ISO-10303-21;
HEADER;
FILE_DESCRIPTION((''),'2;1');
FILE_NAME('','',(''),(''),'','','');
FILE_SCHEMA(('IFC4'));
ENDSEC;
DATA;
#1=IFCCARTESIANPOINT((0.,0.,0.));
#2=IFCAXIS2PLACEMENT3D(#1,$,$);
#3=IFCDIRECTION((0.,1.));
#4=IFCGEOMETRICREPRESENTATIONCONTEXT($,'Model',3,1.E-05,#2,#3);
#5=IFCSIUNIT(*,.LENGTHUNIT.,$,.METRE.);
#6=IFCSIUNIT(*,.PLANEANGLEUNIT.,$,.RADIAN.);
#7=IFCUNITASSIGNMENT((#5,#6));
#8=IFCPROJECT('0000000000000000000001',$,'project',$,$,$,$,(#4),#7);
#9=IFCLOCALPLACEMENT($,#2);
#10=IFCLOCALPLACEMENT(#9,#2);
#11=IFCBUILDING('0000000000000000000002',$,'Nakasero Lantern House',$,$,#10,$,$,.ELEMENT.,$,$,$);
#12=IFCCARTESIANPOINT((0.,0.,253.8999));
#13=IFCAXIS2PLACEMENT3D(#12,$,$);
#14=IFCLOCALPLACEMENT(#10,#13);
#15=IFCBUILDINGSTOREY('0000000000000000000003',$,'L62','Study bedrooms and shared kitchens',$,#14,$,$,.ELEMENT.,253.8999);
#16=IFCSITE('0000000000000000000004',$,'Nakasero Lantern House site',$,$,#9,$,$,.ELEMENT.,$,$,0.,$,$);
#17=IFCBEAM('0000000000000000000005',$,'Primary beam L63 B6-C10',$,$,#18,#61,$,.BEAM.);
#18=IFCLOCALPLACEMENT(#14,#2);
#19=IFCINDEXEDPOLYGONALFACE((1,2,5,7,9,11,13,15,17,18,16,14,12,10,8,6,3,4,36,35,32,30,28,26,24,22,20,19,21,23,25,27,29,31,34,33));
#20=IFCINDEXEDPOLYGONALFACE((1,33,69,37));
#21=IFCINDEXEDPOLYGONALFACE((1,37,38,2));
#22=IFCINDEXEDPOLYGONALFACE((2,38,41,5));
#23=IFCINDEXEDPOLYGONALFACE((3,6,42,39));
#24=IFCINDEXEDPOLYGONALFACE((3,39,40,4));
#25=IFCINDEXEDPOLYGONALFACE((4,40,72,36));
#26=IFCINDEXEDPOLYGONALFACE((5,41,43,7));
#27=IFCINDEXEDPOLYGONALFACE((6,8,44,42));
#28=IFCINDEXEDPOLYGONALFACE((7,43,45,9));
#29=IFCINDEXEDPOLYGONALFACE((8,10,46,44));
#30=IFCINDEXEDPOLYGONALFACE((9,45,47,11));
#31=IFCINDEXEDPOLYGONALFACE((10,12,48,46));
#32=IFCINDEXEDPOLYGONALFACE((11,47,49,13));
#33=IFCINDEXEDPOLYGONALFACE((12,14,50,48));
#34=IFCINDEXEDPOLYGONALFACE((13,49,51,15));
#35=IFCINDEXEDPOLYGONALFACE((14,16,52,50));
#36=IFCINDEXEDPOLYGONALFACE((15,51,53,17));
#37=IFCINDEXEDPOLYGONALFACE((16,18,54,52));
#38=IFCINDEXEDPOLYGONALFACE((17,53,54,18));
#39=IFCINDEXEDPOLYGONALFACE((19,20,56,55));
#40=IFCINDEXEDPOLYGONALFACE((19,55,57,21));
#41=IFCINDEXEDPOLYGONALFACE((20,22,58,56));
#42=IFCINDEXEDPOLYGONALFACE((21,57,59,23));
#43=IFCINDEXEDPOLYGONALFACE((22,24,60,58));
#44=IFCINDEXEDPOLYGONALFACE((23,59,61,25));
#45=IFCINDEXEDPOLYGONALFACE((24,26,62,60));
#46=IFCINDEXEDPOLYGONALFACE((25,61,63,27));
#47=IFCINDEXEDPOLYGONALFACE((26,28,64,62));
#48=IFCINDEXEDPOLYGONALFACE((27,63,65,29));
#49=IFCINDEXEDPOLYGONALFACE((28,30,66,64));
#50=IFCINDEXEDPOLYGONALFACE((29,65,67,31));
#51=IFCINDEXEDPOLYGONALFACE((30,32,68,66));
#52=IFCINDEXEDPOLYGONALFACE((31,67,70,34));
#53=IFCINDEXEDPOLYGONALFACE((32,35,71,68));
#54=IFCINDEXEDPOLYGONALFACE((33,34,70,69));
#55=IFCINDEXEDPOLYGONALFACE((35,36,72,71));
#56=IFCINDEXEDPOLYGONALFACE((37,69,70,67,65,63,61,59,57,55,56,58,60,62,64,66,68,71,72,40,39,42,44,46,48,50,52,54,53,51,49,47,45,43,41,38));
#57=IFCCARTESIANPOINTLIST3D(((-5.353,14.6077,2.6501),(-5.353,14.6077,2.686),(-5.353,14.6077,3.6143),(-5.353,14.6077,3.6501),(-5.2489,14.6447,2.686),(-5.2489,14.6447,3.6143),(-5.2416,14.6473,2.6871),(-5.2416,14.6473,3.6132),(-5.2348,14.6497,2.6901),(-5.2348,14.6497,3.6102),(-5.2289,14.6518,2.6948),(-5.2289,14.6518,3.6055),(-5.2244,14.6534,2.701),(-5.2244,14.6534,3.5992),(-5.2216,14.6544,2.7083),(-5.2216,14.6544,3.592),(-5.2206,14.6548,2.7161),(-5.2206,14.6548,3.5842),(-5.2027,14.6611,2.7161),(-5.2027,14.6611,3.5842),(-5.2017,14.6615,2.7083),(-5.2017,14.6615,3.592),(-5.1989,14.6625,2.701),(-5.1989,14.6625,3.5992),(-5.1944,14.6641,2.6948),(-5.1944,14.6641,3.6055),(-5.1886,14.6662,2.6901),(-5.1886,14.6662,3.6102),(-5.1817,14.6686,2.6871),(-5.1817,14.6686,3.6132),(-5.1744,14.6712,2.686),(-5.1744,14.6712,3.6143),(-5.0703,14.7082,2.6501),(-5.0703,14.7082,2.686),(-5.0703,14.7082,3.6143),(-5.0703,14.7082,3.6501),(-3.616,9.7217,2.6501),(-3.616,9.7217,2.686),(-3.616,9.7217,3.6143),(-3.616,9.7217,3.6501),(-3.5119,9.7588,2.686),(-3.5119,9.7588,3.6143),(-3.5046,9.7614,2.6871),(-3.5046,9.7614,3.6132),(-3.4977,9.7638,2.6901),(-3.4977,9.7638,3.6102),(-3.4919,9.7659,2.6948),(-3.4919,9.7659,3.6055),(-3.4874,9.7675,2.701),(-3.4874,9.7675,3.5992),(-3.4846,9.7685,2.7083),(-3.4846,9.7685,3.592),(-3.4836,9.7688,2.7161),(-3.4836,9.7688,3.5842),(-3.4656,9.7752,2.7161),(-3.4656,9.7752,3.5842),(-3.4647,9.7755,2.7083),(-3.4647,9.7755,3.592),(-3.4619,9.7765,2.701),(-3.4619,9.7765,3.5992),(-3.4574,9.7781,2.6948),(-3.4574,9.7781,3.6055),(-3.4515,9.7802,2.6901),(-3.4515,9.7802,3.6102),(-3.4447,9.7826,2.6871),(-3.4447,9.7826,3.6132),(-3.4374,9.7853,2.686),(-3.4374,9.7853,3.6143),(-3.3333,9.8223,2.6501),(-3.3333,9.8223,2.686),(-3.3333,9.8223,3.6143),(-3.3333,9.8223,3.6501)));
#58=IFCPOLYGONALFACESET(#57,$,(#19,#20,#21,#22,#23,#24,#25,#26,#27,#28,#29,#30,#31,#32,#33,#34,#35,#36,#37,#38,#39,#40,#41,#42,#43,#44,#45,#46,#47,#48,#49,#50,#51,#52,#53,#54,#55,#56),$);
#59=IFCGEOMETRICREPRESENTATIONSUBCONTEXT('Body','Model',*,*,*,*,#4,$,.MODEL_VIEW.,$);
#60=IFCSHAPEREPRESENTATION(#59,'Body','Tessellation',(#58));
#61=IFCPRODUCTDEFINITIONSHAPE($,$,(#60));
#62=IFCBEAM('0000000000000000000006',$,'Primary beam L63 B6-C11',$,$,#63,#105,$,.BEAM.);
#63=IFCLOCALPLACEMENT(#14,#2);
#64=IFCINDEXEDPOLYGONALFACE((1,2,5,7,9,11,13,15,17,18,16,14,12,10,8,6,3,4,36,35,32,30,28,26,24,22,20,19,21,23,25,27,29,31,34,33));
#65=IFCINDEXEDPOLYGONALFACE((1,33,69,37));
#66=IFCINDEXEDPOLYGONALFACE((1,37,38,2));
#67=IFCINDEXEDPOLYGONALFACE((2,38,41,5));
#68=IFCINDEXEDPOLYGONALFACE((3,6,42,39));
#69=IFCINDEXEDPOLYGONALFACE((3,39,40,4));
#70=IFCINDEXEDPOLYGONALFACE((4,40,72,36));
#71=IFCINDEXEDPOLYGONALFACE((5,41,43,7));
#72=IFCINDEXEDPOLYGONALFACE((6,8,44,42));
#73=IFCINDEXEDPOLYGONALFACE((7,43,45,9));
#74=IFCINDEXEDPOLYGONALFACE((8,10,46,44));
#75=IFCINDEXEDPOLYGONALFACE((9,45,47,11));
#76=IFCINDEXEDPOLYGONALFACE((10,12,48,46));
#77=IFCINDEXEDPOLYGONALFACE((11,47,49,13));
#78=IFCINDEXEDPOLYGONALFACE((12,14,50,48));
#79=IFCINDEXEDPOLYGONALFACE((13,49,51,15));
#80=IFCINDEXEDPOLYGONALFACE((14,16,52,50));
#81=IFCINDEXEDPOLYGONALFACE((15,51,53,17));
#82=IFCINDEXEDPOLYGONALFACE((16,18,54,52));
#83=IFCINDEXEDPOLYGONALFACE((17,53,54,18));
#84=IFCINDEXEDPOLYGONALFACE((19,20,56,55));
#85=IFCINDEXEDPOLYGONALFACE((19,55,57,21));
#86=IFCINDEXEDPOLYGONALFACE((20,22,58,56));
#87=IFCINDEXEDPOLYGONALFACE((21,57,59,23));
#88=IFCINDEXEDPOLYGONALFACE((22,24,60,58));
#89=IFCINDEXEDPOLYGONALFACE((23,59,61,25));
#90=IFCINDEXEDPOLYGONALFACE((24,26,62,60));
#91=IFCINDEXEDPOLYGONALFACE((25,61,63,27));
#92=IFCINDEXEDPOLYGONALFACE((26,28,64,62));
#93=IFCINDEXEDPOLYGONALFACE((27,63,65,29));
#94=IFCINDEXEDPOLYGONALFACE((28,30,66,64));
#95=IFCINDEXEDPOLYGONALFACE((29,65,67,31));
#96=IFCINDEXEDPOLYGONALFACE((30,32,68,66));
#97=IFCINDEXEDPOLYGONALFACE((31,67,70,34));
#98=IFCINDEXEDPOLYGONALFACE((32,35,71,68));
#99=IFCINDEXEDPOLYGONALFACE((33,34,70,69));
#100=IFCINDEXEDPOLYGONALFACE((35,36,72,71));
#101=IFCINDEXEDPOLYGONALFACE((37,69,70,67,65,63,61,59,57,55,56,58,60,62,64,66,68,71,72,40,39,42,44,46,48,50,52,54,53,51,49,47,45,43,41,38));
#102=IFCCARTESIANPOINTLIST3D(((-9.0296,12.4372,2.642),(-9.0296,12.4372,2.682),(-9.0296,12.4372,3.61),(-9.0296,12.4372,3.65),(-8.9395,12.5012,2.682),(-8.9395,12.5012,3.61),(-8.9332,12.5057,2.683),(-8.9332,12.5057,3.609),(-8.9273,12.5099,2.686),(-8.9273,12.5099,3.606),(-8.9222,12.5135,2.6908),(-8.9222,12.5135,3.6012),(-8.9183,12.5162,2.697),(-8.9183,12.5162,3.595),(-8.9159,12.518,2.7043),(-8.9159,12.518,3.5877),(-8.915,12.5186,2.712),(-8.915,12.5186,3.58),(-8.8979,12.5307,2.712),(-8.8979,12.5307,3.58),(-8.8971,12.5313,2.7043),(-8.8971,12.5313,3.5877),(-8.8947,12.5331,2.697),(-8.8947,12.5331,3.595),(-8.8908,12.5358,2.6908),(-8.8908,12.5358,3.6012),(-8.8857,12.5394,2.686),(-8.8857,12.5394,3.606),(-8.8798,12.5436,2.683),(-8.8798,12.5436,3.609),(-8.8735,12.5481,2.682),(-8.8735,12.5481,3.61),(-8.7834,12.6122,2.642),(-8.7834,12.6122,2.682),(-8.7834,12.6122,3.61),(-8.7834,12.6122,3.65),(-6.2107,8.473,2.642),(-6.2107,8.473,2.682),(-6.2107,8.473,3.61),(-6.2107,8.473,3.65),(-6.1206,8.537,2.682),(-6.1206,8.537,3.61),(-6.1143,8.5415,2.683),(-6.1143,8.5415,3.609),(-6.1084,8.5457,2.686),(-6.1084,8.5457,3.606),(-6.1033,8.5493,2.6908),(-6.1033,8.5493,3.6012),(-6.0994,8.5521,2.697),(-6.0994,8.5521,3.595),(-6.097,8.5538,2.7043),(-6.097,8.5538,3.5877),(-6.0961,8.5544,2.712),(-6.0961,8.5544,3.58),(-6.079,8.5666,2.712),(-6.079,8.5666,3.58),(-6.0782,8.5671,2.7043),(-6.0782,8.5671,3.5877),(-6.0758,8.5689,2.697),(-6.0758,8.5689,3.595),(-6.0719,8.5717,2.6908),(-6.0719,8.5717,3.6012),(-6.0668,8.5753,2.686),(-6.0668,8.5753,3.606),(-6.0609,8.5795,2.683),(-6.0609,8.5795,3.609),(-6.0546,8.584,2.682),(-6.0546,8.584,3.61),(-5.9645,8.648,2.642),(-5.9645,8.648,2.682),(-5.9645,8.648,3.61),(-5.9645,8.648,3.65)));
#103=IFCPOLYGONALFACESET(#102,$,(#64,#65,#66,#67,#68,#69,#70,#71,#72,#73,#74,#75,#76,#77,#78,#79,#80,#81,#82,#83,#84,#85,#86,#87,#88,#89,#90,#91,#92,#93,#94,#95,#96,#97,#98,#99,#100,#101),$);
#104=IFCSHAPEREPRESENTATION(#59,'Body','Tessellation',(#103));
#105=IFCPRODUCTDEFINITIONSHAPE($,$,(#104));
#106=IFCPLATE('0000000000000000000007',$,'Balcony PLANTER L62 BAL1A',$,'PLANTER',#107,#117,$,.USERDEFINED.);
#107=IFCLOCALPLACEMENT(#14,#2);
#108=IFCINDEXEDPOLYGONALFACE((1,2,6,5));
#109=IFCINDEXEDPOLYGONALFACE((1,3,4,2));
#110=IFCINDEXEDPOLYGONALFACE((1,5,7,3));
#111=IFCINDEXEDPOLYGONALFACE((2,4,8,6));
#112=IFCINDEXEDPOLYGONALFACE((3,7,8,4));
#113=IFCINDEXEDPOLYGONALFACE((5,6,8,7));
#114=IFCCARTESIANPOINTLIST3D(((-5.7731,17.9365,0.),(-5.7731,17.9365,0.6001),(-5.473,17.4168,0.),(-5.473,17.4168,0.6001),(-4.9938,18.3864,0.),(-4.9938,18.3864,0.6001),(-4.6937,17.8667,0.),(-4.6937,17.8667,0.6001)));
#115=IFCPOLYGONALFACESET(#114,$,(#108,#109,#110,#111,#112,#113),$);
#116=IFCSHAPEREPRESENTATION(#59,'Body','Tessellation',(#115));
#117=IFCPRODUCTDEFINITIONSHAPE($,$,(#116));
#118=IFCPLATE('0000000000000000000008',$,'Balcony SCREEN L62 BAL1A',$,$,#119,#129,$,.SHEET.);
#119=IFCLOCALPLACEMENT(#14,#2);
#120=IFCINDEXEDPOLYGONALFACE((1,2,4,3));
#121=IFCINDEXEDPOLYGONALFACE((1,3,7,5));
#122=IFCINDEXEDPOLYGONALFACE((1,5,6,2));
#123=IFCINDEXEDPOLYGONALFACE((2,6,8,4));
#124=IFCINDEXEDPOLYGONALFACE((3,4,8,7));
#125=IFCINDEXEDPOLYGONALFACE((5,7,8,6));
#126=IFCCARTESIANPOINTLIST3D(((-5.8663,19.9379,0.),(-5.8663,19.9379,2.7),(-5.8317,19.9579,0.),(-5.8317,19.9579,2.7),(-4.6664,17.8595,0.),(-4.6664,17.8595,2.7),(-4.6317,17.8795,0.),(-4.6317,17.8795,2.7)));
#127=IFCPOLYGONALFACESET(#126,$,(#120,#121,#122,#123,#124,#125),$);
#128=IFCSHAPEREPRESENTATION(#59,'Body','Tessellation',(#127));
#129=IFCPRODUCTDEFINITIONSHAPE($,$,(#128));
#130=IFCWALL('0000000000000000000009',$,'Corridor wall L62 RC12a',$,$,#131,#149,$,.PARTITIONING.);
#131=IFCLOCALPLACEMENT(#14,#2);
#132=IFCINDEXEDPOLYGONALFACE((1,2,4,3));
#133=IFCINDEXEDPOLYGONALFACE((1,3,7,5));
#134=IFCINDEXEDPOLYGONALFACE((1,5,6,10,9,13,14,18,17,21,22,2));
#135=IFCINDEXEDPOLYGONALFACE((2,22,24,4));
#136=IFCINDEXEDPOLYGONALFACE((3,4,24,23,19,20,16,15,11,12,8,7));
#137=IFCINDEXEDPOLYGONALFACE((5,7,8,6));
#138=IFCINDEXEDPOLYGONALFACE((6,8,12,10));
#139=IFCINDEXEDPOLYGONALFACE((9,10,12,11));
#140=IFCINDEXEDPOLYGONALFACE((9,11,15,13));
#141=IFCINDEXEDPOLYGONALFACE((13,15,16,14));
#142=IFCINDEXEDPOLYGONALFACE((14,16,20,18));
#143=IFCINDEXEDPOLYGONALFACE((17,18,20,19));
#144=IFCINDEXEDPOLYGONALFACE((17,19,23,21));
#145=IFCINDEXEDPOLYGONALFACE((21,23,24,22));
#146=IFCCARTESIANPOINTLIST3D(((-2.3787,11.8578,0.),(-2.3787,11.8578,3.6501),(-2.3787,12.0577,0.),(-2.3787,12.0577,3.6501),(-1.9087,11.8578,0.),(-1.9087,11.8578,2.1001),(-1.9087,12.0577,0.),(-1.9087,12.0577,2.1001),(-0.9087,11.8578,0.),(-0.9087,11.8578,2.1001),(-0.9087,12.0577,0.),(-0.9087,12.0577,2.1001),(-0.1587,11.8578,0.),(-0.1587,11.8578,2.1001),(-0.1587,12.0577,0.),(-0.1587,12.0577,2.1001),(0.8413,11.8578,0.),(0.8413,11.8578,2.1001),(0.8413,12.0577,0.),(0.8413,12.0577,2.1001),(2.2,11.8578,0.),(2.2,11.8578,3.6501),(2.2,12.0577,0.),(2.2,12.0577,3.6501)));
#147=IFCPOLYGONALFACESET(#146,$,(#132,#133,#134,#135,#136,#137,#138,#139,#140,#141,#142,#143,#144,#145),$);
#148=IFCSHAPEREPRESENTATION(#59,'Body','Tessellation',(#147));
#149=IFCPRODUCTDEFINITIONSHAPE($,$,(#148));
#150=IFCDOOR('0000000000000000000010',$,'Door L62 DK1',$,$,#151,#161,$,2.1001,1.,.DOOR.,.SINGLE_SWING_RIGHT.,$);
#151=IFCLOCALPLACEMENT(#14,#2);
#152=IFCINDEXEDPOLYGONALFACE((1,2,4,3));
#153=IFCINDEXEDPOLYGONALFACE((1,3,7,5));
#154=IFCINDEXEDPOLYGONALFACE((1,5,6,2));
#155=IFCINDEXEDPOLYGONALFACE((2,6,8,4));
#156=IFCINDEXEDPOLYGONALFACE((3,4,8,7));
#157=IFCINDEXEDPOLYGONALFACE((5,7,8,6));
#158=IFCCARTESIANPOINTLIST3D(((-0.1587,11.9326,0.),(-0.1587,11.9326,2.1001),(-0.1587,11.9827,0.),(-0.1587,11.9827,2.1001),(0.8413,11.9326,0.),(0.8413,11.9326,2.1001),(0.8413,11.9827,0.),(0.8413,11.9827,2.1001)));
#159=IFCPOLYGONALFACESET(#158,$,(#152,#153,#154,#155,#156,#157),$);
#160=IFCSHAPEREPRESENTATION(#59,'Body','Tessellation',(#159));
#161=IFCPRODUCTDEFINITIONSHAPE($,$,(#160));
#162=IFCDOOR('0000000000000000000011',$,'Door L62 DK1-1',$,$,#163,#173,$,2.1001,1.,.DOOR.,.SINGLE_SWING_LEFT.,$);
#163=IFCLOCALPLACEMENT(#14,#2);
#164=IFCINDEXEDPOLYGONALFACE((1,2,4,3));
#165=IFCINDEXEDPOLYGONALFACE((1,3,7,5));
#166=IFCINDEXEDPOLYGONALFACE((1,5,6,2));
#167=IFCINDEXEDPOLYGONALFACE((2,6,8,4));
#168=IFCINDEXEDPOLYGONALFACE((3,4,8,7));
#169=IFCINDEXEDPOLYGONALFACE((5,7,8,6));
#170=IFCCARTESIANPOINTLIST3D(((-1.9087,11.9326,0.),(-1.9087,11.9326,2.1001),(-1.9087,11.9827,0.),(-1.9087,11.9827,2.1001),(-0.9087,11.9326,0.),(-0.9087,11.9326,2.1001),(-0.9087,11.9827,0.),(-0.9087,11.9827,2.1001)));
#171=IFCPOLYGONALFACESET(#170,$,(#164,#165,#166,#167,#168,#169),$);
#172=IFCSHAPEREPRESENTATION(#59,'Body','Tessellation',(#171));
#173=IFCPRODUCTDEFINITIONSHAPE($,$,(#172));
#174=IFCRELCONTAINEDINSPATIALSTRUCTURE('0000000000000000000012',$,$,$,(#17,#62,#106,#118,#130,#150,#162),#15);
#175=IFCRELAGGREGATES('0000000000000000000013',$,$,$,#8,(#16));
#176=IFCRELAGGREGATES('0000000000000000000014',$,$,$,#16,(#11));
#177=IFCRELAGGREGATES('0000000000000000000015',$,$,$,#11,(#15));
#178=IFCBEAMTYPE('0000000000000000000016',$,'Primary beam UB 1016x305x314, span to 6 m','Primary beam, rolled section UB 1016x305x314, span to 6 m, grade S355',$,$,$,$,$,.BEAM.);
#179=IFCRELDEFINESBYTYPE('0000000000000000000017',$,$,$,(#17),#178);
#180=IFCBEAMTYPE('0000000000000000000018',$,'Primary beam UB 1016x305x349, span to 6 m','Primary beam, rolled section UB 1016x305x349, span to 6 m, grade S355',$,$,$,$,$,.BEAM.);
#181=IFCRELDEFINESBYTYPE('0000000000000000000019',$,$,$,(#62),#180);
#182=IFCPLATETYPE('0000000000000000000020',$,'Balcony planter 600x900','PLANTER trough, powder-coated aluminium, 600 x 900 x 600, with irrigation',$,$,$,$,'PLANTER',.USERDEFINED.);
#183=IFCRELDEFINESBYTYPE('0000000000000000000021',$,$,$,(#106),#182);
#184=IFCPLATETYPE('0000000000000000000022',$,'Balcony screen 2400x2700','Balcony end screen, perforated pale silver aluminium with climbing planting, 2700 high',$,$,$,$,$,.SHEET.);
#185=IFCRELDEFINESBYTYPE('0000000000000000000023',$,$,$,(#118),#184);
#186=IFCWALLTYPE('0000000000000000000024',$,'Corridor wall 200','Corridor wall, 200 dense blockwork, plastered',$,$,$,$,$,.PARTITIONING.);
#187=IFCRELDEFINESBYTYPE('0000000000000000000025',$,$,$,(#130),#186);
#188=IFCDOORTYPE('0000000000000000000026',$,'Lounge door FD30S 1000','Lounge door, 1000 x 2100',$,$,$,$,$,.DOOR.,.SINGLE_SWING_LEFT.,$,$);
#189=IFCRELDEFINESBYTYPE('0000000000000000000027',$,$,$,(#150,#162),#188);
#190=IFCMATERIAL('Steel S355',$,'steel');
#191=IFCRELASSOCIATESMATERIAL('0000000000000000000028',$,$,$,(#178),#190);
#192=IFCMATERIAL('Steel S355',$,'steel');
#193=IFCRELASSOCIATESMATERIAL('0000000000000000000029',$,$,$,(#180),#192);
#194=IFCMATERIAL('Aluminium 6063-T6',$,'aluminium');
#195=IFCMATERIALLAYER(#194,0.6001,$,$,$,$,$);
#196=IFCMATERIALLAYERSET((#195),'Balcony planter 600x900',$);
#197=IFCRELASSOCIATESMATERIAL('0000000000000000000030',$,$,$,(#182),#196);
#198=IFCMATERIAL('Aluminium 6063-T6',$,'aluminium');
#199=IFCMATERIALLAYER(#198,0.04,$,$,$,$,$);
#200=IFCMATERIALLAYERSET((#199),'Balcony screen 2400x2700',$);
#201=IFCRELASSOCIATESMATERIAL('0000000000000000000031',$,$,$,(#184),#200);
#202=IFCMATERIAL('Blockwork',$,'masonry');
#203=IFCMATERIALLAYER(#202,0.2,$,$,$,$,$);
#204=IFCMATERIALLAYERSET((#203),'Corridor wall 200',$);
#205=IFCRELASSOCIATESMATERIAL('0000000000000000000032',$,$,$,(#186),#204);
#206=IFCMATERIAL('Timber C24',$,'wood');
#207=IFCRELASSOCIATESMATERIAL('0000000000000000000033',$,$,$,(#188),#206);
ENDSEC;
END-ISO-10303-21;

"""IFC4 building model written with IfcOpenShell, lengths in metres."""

from ifc_helpers import new_model, si_unit, direction, frame, frame_2d, origin, origin_2d, place, context, subcontext, project, spatial, rectangle, i_section, extrude, material, layer, layer_set, material_profile, profile_set, type_object, element, fill, save


model = new_model("IFC4")

# Units and contexts
model_context = context("Model", 3, precision=1e-05, world=origin(), true_north=direction((0.0, 1.0)))
body_context = subcontext(model_context, "Body", "Model", "MODEL_VIEW")
ifc_project = project(units=[si_unit("LENGTHUNIT", "METRE"), si_unit("PLANEANGLEUNIT", "RADIAN")], contexts=[model_context])

# Site, building, storey
site_placement = place(None, origin())
site = spatial("IfcSite", under=ifc_project, at=site_placement, Name="Nakasero Lantern House site", CompositionType="ELEMENT", RefElevation=0.0)
building_placement = place(site_placement, origin())
building = spatial("IfcBuilding", under=site, at=building_placement, Name="Nakasero Lantern House", CompositionType="ELEMENT")
storey_placement = place(building_placement, frame((0.0, 0.0, 253.8999)))
storey = spatial("IfcBuildingStorey", under=building, at=storey_placement, Name="L62", Description="Study bedrooms and shared kitchens", CompositionType="ELEMENT", Elevation=253.8999)

# Beams
ifc_material_1 = material(Name="Steel S355", Category="steel")
ifc_material_profile_1 = material_profile(ifc_material_1, i_section(OverallWidth=0.3, OverallDepth=1.0, WebThickness=0.019, FlangeThickness=0.0359, FilletRadius=0.03, at=origin_2d()), Name="UB 1016x305x314")
ifc_profile_set_1 = profile_set([ifc_material_profile_1], Name="Steel S355")
beam_type_1 = type_object("IfcBeamType", Name="Primary beam UB 1016x305x314, span to 6 m", Description="Primary beam, rolled section UB 1016x305x314, span to 6 m, grade S355", PredefinedType="BEAM", material=ifc_profile_set_1)
beam_1_placement = place(storey_placement, frame((-5.2117, 14.658, 3.1501), z_axis=(0.334979, -0.942226, 0.0), x_axis=(0.942226, 0.334979, 0.0)))
element("IfcBeam", 1, at=beam_1_placement, inside=storey, type_object=beam_type_1, Name="Primary beam L63 B6-C10", PredefinedType="BEAM", context=body_context, shape_type="SweptSolid", body=[
    extrude(i_section(OverallWidth=0.3, OverallDepth=1.0, WebThickness=0.019, FlangeThickness=0.0359, FilletRadius=0.03, at=origin_2d()), origin(), (0.0, 0.0, 1.0), 5.1855),
])
ifc_material_2 = material(Name="Steel S355", Category="steel")
ifc_material_profile_2 = material_profile(ifc_material_2, i_section(OverallWidth=0.302, OverallDepth=1.0081, WebThickness=0.021, FlangeThickness=0.04, FilletRadius=0.03, at=origin_2d()), Name="UB 1016x305x349")
ifc_profile_set_2 = profile_set([ifc_material_profile_2], Name="Steel S355")
beam_type_2 = type_object("IfcBeamType", Name="Primary beam UB 1016x305x349, span to 6 m", Description="Primary beam, rolled section UB 1016x305x349, span to 6 m, grade S355", PredefinedType="BEAM", material=ifc_profile_set_2)
beam_2_placement = place(storey_placement, frame((-8.9065, 12.5247, 3.146), z_axis=(0.579513, -0.814963, 0.0), x_axis=(0.814963, 0.579513, 0.0)))
element("IfcBeam", 2, at=beam_2_placement, inside=storey, type_object=beam_type_2, Name="Primary beam L63 B6-C11", PredefinedType="BEAM", context=body_context, shape_type="SweptSolid", body=[
    extrude(i_section(OverallWidth=0.302, OverallDepth=1.0081, WebThickness=0.021, FlangeThickness=0.04, FilletRadius=0.03, at=origin_2d()), origin(), (0.0, 0.0, 1.0), 4.8643),
])

# Plates
ifc_material_3 = material(Name="Aluminium 6063-T6", Category="aluminium")
ifc_layer_1 = layer(ifc_material_3, 0.6001)
ifc_layer_set_1 = layer_set([ifc_layer_1], Name="Balcony planter 600x900")
plate_type_1 = type_object("IfcPlateType", Name="Balcony planter 600x900", Description="PLANTER trough, powder-coated aluminium, 600 x 900 x 600, with irrigation", ElementType="PLANTER", PredefinedType="USERDEFINED", material=ifc_layer_set_1)
plate_1_placement = place(storey_placement, frame((-5.2334, 17.9016, 0.0), z_axis=(0.0, 0.0, 1.0), x_axis=(-0.5, 0.866025, 0.0)))
element("IfcPlate", 3, at=plate_1_placement, inside=storey, type_object=plate_type_1, Name="Balcony PLANTER L62 BAL1A", ObjectType="PLANTER", PredefinedType="USERDEFINED", context=body_context, shape_type="SweptSolid", body=[
    extrude(rectangle(XDim=0.6001, YDim=0.8999, at=origin_2d()), origin(), (0.0, 0.0, 1.0), 0.6001),
])
ifc_material_4 = material(Name="Aluminium 6063-T6", Category="aluminium")
ifc_layer_2 = layer(ifc_material_4, 0.04)
ifc_layer_set_2 = layer_set([ifc_layer_2], Name="Balcony screen 2400x2700")
plate_type_2 = type_object("IfcPlateType", Name="Balcony screen 2400x2700", Description="Balcony end screen, perforated pale silver aluminium with climbing planting, 2700 high", PredefinedType="SHEET", material=ifc_layer_set_2)
plate_2_placement = place(storey_placement, frame((-5.249, 18.9087, 0.0), z_axis=(0.0, 0.0, 1.0), x_axis=(-0.5, 0.866025, 0.0)))
element("IfcPlate", 4, at=plate_2_placement, inside=storey, type_object=plate_type_2, Name="Balcony SCREEN L62 BAL1A", PredefinedType="SHEET", context=body_context, shape_type="SweptSolid", body=[
    extrude(rectangle(XDim=2.3999, YDim=0.04, at=origin_2d()), origin(), (0.0, 0.0, 1.0), 2.7),
])

# Wall, openings, doors
ifc_material_5 = material(Name="Blockwork", Category="masonry")
ifc_layer_3 = layer(ifc_material_5, 0.2)
ifc_layer_set_3 = layer_set([ifc_layer_3], Name="Corridor wall 200")
wall_type_1 = type_object("IfcWallType", Name="Corridor wall 200", Description="Corridor wall, 200 dense blockwork, plastered", PredefinedType="PARTITIONING", material=ifc_layer_set_3)
wall_1_placement = place(storey_placement, frame((-2.3787, 11.9578, 0.0), z_axis=(0.0, 0.0, 1.0), x_axis=(1.0, 0.0, 0.0)))
wall_1 = element("IfcWall", 5, at=wall_1_placement, inside=storey, type_object=wall_type_1, Name="Corridor wall L62 RC12a", PredefinedType="PARTITIONING", context=body_context, shape_type="SweptSolid", body=[
    extrude(rectangle(XDim=4.5786, YDim=0.2, at=frame_2d((2.2893, 0.0))), origin(), (0.0, 0.0, 1.0), 3.6501),
])
opening_1_placement = place(wall_1_placement, frame((2.22, 0.0, 0.0)))
opening_1 = element("IfcOpeningElement", 6, at=opening_1_placement, cuts=wall_1, PredefinedType="OPENING", context=body_context, shape_type="SweptSolid", body=[
    extrude(rectangle(XDim=1.0, YDim=2.1001, at=frame_2d((0.5, 1.05))), frame((0.0, 0.1199, 0.0), z_axis=(0.0, -1.0, 0.0), x_axis=(1.0, 0.0, 0.0)), (0.0, 0.0, 1.0), 0.24),
])
opening_2_placement = place(wall_1_placement, frame((0.47, 0.0, 0.0)))
opening_2 = element("IfcOpeningElement", 7, at=opening_2_placement, cuts=wall_1, PredefinedType="OPENING", context=body_context, shape_type="SweptSolid", body=[
    extrude(rectangle(XDim=1.0, YDim=2.1001, at=frame_2d((0.5, 1.05))), frame((0.0, 0.1199, 0.0), z_axis=(0.0, -1.0, 0.0), x_axis=(1.0, 0.0, 0.0)), (0.0, 0.0, 1.0), 0.24),
])
ifc_material_6 = material(Name="Timber C24", Category="wood")
door_type_1 = type_object("IfcDoorType", Name="Lounge door FD30S 1000", Description="Lounge door, 1000 x 2100", OperationType="SINGLE_SWING_LEFT", PredefinedType="DOOR", material=ifc_material_6)
door_1_placement = place(opening_1_placement, origin())
door_1 = element("IfcDoor", 8, at=door_1_placement, inside=storey, type_object=door_type_1, Name="Door L62 DK1", OperationType="SINGLE_SWING_RIGHT", OverallHeight=2.1001, OverallWidth=1.0, PredefinedType="DOOR", context=body_context, shape_type="SweptSolid", body=[
    extrude(rectangle(XDim=1.0, YDim=2.1001, at=frame_2d((0.5, 1.05))), frame((0.0, 0.0249, 0.0), z_axis=(0.0, -1.0, 0.0), x_axis=(1.0, 0.0, 0.0)), (0.0, 0.0, 1.0), 0.05),
])
fill(opening_1, door_1)
door_2_placement = place(opening_2_placement, origin())
door_2 = element("IfcDoor", 9, at=door_2_placement, inside=storey, type_object=door_type_1, Name="Door L62 DK1-1", OperationType="SINGLE_SWING_LEFT", OverallHeight=2.1001, OverallWidth=1.0, PredefinedType="DOOR", context=body_context, shape_type="SweptSolid", body=[
    extrude(rectangle(XDim=1.0, YDim=2.1001, at=frame_2d((0.5, 1.05))), frame((0.0, 0.0249, 0.0), z_axis=(0.0, -1.0, 0.0), x_axis=(1.0, 0.0, 0.0)), (0.0, 0.0, 1.0), 0.05),
])
fill(opening_2, door_2)

save(model, "model.ifc")
